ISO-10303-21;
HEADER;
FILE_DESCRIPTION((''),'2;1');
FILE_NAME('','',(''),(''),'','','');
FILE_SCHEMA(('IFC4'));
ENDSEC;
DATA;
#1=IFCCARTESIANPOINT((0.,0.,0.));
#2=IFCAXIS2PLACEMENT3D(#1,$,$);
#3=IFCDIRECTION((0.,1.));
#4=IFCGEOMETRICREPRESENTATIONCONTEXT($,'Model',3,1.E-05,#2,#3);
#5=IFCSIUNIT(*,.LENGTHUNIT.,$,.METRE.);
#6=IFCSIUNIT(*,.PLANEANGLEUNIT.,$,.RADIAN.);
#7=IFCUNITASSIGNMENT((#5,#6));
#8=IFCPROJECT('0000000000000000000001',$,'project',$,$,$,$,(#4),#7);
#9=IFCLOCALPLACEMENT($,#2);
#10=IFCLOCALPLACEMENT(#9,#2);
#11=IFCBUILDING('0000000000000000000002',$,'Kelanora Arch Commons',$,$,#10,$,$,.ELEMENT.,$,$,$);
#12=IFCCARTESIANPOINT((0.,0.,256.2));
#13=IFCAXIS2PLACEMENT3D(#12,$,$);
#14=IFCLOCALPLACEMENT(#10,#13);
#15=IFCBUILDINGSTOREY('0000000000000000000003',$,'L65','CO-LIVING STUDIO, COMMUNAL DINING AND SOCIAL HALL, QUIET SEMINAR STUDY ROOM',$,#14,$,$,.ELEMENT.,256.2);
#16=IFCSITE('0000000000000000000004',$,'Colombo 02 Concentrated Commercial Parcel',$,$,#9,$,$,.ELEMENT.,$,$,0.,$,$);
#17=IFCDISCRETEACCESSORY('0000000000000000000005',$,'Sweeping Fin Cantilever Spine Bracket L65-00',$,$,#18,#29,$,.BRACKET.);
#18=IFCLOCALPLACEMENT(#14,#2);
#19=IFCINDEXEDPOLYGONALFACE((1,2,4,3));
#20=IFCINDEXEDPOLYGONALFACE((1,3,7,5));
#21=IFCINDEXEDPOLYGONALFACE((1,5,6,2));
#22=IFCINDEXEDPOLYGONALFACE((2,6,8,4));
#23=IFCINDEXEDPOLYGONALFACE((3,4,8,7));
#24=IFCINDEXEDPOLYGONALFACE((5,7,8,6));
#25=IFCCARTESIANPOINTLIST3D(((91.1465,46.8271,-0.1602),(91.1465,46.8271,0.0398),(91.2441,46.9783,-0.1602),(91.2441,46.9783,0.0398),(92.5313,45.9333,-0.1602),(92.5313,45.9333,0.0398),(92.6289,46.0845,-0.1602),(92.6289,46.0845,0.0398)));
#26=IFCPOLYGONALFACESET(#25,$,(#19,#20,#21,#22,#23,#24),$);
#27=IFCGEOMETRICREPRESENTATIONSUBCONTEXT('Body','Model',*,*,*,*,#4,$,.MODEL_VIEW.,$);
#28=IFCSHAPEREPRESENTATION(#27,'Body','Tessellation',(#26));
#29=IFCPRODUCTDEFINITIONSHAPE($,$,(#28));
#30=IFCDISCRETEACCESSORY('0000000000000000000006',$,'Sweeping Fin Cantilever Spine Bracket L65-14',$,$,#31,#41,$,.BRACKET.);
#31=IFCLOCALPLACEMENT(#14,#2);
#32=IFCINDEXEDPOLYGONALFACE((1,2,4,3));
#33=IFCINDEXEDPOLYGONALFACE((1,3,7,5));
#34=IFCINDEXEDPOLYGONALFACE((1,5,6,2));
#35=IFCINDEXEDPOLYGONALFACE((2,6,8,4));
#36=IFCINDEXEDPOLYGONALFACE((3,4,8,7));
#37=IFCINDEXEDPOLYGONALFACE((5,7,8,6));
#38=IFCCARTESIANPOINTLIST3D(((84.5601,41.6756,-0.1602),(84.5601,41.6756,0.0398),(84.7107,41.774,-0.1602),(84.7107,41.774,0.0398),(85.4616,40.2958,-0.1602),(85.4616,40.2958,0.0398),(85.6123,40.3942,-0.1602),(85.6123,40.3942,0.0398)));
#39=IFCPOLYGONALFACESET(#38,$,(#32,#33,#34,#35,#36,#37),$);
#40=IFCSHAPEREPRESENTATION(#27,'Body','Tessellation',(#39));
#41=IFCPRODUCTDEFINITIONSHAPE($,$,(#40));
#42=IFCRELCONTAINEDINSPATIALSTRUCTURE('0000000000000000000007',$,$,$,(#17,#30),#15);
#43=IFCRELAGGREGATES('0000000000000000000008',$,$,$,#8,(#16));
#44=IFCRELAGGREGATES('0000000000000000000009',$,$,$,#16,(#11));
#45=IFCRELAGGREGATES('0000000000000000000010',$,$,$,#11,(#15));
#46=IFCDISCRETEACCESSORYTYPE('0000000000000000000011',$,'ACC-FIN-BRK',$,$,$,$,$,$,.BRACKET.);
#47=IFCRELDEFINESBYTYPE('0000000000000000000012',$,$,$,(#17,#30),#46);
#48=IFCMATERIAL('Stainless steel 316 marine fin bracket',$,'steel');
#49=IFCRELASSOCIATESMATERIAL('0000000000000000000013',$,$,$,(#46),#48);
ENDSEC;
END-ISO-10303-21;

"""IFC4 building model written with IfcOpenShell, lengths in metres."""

from ifc_helpers import new_model, si_unit, direction, frame, origin, origin_2d, place, context, subcontext, project, spatial, rectangle, extrude, source, transform, mapped, material, type_object, element, save


model = new_model("IFC4")

# Units and contexts
model_context = context("Model", 3, precision=1e-05, world=origin(), true_north=direction((0.0, 1.0)))
body_context = subcontext(model_context, "Body", "Model", "MODEL_VIEW")
ifc_project = project(units=[si_unit("LENGTHUNIT", "METRE"), si_unit("PLANEANGLEUNIT", "RADIAN")], contexts=[model_context])

# Site, building, storey
site_placement = place(None, origin())
site = spatial("IfcSite", under=ifc_project, at=site_placement, Name="Colombo 02 Concentrated Commercial Parcel", CompositionType="ELEMENT", RefElevation=0.0)
building_placement = place(site_placement, origin())
building = spatial("IfcBuilding", under=site, at=building_placement, Name="Kelanora Arch Commons", CompositionType="ELEMENT")
storey_placement = place(building_placement, frame((0.0, 0.0, 256.2)))
storey = spatial("IfcBuildingStorey", under=building, at=storey_placement, Name="L65", Description="CO-LIVING STUDIO, COMMUNAL DINING AND SOCIAL HALL, QUIET SEMINAR STUDY ROOM", CompositionType="ELEMENT", Elevation=256.2)

# Discrete accessories
ifc_material_1 = material(Name="Stainless steel 316 marine fin bracket", Category="steel")
discrete_accessory_type = type_object("IfcDiscreteAccessoryType", Name="ACC-FIN-BRK", PredefinedType="BRACKET", material=ifc_material_1)
shared_shape_1 = source(origin(), body_context, "Body", "SweptSolid", [
    extrude(rectangle(XDim=1.6482, YDim=0.1799, at=origin_2d()), origin(), (0.0, 0.0, 1.0), 0.2),
])
for number, where, z_axis, x_axis, name in (
    (1, (91.8877, 46.4558, -0.1602), (0.0, 0.0, 1.0), (0.840188, -0.542295, 0.0), "Sweeping Fin Cantilever Spine Bracket L65-00"),
    (2, (85.0862, 41.0349, -0.1602), (0.0, 0.0, 1.0), (0.546979, -0.837146, 0.0), "Sweeping Fin Cantilever Spine Bracket L65-14"),
):
    element("IfcDiscreteAccessory", number, at=place(storey_placement, frame(where, z_axis=z_axis, x_axis=x_axis)), inside=storey, type_object=discrete_accessory_type, Name=name, PredefinedType="BRACKET", context=body_context, shape_type="MappedRepresentation", body=[
        mapped(shared_shape_1, transform((0.0, 0.0, 0.0), scale=1.0)),
    ])

save(model, "model.ifc")
